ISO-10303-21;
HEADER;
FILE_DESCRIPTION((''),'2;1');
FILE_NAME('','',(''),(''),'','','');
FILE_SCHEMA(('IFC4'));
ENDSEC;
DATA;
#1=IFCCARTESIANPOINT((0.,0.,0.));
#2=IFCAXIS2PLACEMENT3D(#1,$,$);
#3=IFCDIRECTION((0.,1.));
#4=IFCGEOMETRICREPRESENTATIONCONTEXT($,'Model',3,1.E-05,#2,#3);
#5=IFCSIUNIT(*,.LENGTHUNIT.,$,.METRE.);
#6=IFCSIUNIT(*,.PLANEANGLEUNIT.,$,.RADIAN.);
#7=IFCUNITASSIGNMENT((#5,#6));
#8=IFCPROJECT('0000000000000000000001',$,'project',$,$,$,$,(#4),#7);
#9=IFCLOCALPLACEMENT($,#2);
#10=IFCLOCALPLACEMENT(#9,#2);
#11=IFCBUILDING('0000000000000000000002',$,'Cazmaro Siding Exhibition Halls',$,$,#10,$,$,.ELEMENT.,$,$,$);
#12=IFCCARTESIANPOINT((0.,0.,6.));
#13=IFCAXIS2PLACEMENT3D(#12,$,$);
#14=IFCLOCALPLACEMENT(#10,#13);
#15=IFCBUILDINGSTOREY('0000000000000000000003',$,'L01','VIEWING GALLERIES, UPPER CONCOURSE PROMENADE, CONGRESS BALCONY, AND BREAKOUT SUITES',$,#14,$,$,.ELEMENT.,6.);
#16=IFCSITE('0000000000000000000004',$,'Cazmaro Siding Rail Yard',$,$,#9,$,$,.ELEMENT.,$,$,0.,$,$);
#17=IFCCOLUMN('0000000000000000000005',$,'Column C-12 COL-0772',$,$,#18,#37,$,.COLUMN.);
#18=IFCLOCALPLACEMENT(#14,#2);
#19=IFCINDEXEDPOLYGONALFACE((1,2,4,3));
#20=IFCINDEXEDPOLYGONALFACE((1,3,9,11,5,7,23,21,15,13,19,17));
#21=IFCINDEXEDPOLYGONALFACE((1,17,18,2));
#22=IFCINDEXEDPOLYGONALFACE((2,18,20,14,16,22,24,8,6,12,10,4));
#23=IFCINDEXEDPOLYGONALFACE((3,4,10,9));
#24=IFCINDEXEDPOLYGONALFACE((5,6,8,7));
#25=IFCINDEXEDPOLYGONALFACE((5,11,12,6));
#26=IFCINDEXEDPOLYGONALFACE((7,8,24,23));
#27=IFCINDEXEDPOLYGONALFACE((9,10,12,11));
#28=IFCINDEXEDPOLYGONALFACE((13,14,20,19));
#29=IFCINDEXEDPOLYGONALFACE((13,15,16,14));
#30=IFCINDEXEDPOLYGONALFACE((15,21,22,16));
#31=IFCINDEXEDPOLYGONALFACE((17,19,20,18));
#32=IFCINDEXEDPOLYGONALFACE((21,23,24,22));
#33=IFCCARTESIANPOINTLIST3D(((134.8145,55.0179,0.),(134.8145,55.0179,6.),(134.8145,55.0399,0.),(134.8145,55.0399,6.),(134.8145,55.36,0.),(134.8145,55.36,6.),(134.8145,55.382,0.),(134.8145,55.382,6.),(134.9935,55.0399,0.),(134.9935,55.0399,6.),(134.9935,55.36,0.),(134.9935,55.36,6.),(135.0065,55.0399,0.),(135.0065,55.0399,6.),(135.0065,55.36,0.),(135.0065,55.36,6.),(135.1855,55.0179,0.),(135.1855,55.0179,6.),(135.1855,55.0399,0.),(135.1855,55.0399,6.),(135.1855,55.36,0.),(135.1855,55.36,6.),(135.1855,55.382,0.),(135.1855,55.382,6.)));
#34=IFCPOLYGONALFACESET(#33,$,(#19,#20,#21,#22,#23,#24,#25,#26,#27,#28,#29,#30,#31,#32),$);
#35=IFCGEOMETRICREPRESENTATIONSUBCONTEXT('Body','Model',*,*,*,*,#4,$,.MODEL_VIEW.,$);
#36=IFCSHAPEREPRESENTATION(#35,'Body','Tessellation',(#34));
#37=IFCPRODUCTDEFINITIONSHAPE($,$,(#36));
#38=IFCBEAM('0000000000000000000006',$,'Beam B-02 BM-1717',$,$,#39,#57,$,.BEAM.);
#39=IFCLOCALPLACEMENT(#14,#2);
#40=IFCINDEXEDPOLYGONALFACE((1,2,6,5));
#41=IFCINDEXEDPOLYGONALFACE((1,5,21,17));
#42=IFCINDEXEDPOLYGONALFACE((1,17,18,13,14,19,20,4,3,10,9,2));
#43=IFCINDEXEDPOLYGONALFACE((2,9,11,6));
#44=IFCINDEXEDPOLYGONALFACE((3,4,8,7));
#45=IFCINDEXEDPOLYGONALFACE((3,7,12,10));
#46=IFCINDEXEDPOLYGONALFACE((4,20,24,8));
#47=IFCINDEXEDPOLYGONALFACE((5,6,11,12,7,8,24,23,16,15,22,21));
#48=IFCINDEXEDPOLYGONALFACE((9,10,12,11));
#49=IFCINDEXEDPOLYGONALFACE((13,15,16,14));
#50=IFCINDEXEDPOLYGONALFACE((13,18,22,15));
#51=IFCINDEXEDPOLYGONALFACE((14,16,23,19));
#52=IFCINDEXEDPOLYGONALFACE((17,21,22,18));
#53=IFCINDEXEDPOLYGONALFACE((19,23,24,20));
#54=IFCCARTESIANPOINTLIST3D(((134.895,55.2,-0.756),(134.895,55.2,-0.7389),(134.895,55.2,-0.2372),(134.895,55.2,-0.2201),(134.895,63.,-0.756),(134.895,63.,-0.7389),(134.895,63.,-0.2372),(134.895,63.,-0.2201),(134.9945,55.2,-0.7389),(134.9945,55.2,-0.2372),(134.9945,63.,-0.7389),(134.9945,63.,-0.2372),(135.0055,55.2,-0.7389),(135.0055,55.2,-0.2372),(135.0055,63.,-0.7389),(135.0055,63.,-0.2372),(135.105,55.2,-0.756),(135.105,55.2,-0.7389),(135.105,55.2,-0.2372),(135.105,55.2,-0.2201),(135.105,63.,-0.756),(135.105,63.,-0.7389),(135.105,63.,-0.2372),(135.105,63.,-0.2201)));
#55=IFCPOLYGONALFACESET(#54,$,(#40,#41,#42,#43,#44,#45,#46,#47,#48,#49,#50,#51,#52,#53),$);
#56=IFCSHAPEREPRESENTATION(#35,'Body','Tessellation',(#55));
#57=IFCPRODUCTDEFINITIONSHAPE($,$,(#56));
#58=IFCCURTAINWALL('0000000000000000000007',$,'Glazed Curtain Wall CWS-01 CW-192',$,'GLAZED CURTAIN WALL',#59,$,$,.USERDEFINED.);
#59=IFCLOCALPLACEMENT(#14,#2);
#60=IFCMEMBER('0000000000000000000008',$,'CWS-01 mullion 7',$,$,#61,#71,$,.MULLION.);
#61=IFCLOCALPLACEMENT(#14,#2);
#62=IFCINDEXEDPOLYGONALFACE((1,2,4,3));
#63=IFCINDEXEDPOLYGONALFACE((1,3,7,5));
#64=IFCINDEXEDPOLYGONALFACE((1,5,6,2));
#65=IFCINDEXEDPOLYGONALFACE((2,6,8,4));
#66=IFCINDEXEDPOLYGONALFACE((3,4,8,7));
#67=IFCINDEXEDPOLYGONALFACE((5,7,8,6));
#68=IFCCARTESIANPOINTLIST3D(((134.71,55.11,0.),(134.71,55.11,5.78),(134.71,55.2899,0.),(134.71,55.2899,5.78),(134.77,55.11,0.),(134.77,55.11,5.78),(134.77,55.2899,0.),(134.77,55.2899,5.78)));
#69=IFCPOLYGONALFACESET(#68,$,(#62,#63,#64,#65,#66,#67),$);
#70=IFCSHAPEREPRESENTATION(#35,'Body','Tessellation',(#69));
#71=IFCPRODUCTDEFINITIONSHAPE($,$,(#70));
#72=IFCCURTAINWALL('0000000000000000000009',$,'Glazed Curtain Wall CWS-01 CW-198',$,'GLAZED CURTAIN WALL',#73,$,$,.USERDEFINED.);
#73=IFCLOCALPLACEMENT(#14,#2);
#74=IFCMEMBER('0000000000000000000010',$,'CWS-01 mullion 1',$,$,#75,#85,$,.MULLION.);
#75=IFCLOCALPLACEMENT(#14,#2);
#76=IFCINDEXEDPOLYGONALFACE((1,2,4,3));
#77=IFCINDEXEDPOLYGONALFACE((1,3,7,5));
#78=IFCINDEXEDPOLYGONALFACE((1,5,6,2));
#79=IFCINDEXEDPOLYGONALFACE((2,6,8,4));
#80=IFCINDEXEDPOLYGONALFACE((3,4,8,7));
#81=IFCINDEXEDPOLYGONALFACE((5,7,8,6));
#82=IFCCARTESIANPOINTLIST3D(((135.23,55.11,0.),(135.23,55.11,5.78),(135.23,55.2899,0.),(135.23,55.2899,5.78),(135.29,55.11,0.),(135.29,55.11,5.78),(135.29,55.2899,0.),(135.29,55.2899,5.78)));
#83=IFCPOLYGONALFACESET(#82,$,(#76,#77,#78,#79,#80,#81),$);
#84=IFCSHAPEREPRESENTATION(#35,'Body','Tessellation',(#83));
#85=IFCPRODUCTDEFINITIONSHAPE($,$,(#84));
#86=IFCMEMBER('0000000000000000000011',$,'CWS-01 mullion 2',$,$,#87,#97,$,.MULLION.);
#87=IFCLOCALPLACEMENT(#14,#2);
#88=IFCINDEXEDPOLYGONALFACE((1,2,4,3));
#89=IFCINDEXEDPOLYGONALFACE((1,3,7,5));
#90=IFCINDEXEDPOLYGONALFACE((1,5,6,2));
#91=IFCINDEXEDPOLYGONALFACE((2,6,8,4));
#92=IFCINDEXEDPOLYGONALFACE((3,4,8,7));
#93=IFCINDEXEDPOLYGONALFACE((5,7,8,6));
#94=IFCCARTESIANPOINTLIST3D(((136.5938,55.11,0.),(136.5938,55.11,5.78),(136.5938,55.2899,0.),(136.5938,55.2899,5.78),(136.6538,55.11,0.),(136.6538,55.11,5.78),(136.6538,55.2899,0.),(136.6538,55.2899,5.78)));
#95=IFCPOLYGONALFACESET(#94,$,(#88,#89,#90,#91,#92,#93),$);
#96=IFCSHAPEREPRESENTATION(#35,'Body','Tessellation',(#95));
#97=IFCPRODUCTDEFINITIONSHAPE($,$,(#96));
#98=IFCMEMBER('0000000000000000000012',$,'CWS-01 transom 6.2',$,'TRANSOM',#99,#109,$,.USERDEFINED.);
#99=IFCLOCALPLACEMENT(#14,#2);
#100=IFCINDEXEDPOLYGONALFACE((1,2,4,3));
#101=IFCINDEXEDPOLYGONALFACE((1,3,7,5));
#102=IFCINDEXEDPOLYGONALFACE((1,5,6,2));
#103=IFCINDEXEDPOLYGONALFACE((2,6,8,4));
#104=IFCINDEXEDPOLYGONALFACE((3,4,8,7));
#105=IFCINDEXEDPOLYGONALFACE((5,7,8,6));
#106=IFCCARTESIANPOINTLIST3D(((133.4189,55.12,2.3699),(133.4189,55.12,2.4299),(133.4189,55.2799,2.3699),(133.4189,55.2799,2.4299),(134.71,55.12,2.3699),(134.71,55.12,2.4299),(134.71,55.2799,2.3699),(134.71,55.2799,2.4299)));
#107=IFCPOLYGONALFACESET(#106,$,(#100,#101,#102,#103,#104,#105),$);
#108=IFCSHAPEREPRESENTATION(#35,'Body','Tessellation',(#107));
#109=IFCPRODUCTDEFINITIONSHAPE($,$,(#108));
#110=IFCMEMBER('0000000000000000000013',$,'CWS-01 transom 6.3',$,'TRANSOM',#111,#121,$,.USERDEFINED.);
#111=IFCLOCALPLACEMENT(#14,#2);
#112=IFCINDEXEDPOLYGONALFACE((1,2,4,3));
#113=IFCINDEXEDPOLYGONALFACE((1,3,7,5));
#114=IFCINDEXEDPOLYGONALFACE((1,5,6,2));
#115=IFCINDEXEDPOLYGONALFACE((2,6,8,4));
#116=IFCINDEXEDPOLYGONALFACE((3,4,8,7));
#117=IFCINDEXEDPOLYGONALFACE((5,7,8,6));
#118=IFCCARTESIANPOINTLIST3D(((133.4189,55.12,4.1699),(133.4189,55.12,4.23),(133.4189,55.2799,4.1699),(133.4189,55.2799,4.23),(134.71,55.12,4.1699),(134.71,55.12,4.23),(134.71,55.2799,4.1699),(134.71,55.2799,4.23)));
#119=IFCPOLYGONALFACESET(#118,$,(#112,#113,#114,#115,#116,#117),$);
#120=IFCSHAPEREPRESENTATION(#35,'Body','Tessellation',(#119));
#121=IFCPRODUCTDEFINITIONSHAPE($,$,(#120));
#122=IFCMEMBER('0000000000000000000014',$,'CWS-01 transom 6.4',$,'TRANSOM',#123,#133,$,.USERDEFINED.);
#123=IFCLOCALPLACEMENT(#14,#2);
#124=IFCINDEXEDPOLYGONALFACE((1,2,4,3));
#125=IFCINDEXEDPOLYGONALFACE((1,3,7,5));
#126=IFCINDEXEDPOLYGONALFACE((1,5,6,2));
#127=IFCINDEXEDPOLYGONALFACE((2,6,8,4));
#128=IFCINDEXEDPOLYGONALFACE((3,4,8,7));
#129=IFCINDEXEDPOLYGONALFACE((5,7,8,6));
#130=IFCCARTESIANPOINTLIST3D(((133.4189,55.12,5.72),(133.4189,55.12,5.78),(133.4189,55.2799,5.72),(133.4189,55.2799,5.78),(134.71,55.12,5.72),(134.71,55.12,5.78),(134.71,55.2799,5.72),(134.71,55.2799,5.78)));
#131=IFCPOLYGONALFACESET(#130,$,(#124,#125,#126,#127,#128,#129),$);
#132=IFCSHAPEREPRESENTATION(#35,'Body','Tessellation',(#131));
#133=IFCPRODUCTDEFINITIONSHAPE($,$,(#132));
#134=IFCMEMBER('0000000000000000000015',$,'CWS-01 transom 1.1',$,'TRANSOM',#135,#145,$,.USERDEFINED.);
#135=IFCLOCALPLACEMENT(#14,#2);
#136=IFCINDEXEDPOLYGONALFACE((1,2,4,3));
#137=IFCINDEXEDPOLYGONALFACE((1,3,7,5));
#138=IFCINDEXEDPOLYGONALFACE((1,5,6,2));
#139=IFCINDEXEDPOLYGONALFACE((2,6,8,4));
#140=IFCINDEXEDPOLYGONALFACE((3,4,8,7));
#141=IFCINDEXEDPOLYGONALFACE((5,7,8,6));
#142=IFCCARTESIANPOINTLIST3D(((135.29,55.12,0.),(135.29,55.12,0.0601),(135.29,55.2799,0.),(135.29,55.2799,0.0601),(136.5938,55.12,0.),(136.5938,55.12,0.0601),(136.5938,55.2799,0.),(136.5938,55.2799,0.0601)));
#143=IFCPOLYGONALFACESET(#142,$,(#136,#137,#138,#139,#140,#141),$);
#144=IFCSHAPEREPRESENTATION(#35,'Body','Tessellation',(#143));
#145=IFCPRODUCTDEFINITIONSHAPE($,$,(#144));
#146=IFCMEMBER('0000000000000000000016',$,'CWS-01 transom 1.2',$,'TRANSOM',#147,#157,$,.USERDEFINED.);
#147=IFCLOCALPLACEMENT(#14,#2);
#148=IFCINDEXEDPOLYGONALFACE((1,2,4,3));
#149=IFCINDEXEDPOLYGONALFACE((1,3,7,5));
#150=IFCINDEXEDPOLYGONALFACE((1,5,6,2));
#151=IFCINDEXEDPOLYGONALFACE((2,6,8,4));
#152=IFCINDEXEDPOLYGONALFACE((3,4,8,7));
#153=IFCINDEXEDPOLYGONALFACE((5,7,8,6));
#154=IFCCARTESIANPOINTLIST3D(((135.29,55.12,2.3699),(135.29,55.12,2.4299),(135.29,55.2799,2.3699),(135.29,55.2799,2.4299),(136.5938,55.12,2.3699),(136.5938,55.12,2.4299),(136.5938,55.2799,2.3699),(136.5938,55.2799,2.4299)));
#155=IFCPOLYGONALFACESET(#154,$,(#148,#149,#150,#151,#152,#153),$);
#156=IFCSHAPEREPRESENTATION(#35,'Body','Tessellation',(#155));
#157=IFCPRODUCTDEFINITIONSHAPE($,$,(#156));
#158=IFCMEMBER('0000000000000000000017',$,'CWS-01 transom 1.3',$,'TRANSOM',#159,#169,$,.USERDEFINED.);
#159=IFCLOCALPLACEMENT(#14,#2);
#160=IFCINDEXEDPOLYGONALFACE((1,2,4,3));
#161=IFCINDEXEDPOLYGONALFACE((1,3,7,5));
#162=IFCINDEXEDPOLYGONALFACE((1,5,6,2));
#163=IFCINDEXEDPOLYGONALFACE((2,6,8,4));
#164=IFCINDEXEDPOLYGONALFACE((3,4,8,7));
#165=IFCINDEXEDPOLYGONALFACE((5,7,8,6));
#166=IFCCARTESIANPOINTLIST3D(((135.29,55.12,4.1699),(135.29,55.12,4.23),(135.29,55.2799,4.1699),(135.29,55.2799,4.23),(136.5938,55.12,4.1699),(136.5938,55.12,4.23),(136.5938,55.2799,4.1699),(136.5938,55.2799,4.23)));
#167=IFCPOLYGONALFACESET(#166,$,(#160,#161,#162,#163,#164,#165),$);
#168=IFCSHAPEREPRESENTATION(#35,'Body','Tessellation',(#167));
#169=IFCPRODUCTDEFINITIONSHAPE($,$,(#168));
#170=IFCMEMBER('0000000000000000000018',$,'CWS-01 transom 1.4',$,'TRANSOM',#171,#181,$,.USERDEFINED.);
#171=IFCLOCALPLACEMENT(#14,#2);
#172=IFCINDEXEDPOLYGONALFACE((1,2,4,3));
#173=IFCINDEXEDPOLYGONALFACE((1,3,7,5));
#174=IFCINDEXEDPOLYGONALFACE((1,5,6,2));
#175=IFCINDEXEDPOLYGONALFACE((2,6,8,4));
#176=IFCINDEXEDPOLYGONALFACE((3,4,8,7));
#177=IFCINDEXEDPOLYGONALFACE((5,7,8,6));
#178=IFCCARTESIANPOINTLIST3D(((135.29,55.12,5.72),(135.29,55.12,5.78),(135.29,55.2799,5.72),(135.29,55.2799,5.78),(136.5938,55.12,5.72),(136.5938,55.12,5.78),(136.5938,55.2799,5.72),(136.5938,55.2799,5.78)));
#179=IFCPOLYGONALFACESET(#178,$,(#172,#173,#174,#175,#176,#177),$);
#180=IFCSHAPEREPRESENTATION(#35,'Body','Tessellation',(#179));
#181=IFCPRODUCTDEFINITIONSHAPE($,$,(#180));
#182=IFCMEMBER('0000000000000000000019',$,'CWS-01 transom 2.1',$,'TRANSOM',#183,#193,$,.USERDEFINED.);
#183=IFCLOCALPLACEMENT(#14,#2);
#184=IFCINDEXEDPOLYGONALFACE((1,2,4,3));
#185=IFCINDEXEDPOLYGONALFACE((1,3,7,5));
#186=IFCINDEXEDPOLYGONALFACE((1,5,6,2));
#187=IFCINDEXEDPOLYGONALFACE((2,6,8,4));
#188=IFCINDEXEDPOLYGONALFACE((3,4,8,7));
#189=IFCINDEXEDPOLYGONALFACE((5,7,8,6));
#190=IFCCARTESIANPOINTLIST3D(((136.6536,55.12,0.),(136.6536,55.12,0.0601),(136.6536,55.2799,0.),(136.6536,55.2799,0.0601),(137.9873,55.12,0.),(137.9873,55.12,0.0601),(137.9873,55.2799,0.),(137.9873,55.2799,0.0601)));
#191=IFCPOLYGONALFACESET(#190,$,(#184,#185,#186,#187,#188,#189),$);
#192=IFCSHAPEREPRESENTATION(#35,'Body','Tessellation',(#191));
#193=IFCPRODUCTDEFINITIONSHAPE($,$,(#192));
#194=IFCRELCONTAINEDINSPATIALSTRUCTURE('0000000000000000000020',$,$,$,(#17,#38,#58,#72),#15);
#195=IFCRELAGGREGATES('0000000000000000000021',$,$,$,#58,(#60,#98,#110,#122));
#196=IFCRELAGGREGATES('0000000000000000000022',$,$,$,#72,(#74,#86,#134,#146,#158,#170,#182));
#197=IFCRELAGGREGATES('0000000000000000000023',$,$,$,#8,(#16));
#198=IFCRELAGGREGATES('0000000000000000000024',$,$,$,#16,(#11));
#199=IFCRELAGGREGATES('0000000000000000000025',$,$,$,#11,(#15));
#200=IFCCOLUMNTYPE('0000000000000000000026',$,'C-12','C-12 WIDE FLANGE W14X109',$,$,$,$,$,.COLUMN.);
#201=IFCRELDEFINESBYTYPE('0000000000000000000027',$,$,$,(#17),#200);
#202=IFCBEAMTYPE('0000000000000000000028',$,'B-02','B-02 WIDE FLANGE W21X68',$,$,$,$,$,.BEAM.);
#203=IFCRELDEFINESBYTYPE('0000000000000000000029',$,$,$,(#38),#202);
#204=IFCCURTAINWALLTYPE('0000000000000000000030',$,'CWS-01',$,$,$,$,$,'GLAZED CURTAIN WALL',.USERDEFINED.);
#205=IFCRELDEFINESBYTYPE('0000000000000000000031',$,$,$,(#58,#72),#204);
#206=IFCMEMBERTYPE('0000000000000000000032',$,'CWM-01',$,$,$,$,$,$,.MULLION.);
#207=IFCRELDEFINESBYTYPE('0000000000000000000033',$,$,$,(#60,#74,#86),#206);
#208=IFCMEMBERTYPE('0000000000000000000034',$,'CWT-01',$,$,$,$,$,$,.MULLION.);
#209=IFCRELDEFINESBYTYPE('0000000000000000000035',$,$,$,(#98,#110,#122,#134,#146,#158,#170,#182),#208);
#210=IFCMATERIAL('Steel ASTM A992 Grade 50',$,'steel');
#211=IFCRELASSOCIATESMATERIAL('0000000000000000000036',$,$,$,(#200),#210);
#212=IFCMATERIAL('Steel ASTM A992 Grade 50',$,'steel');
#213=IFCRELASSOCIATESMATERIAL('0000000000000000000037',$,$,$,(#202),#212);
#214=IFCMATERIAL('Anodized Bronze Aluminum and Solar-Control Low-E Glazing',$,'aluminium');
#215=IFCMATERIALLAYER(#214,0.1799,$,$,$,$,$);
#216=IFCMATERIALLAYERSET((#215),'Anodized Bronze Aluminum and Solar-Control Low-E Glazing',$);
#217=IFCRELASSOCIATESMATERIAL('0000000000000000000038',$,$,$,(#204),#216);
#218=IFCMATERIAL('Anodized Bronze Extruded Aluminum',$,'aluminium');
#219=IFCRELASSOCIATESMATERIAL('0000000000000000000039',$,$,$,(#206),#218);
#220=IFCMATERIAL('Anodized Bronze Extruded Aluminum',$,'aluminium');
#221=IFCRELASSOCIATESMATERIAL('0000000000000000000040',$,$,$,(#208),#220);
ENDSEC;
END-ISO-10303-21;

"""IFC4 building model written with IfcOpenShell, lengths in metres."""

from ifc_helpers import new_model, si_unit, direction, frame, origin, origin_2d, place, context, subcontext, project, spatial, rectangle, i_section, extrude, material, layer, layer_set, material_profile, profile_set, type_object, element, aggregate, save


model = new_model("IFC4")

# Units and contexts
model_context = context("Model", 3, precision=1e-05, world=origin(), true_north=direction((0.0, 1.0)))
body_context = subcontext(model_context, "Body", "Model", "MODEL_VIEW")
ifc_project = project(units=[si_unit("LENGTHUNIT", "METRE"), si_unit("PLANEANGLEUNIT", "RADIAN")], contexts=[model_context])

# Site, building, storey
site_placement = place(None, origin())
site = spatial("IfcSite", under=ifc_project, at=site_placement, Name="Cazmaro Siding Rail Yard", CompositionType="ELEMENT", RefElevation=0.0)
building_placement = place(site_placement, origin())
building = spatial("IfcBuilding", under=site, at=building_placement, Name="Cazmaro Siding Exhibition Halls", CompositionType="ELEMENT")
storey_placement = place(building_placement, frame((0.0, 0.0, 6.0)))
storey = spatial("IfcBuildingStorey", under=building, at=storey_placement, Name="L01", Description="VIEWING GALLERIES, UPPER CONCOURSE PROMENADE, CONGRESS BALCONY, AND BREAKOUT SUITES", CompositionType="ELEMENT", Elevation=6.0)

# Column
ifc_material_1 = material(Name="Steel ASTM A992 Grade 50", Category="steel")
ifc_material_profile_1 = material_profile(ifc_material_1, i_section(OverallWidth=0.3711, OverallDepth=0.364, WebThickness=0.0129, FlangeThickness=0.022, at=origin_2d()), Name="W14X109")
ifc_profile_set_1 = profile_set([ifc_material_profile_1], Name="Steel ASTM A992 Grade 50")
column_type = type_object("IfcColumnType", Name="C-12", Description="C-12 WIDE FLANGE W14X109", PredefinedType="COLUMN", material=ifc_profile_set_1)
column_placement = place(storey_placement, frame((135.0, 55.2, 0.0), z_axis=(0.0, 0.0, 1.0), x_axis=(1.0, 0.0, 0.0)))
element("IfcColumn", 1, at=column_placement, inside=storey, type_object=column_type, Name="Column C-12 COL-0772", PredefinedType="COLUMN", context=body_context, shape_type="SweptSolid", body=[
    extrude(i_section(OverallWidth=0.3711, OverallDepth=0.364, WebThickness=0.0129, FlangeThickness=0.022, at=origin_2d()), origin(), (0.0, 0.0, 1.0), 6.0),
])

# Beam
ifc_material_2 = material(Name="Steel ASTM A992 Grade 50", Category="steel")
ifc_material_profile_2 = material_profile(ifc_material_2, i_section(OverallWidth=0.21, OverallDepth=0.5359, WebThickness=0.011, FlangeThickness=0.0171, at=origin_2d()), Name="W21X68")
ifc_profile_set_2 = profile_set([ifc_material_profile_2], Name="Steel ASTM A992 Grade 50")
beam_type_1 = type_object("IfcBeamType", Name="B-02", Description="B-02 WIDE FLANGE W21X68", PredefinedType="BEAM", material=ifc_profile_set_2)
beam_1_placement = place(storey_placement, frame((135.0, 55.2, -0.488), z_axis=(0.0, 1.0, 0.0), x_axis=(-1.0, 0.0, 0.0)))
element("IfcBeam", 2, at=beam_1_placement, inside=storey, type_object=beam_type_1, Name="Beam B-02 BM-1717", PredefinedType="BEAM", context=body_context, shape_type="SweptSolid", body=[
    extrude(i_section(OverallWidth=0.21, OverallDepth=0.5359, WebThickness=0.011, FlangeThickness=0.0171, at=origin_2d()), origin(), (0.0, 0.0, 1.0), 7.8),
])

# Curtain wall, member
ifc_material_3 = material(Name="Anodized Bronze Aluminum and Solar-Control Low-E Glazing", Category="aluminium")
ifc_layer_1 = layer(ifc_material_3, 0.1799)
ifc_layer_set_1 = layer_set([ifc_layer_1], Name="Anodized Bronze Aluminum and Solar-Control Low-E Glazing")
curtain_wall_type = type_object("IfcCurtainWallType", Name="CWS-01", ElementType="GLAZED CURTAIN WALL", PredefinedType="USERDEFINED", material=ifc_layer_set_1)
curtain_wall_1_placement = place(storey_placement, origin())
curtain_wall_1 = element("IfcCurtainWall", 3, at=curtain_wall_1_placement, inside=storey, type_object=curtain_wall_type, Name="Glazed Curtain Wall CWS-01 CW-192", ObjectType="GLAZED CURTAIN WALL", PredefinedType="USERDEFINED")
ifc_material_4 = material(Name="Anodized Bronze Extruded Aluminum", Category="aluminium")
ifc_material_profile_3 = material_profile(ifc_material_4, rectangle(XDim=0.1799, YDim=0.0601, at=origin_2d()), Name="CWM-01")
ifc_profile_set_3 = profile_set([ifc_material_profile_3], Name="Anodized Bronze Extruded Aluminum")
member_type_1 = type_object("IfcMemberType", Name="CWM-01", PredefinedType="MULLION", material=ifc_profile_set_3)
member_1_placement = place(storey_placement, frame((134.74, 55.2, 0.0), z_axis=(0.0, 0.0, 1.0), x_axis=(0.0, 1.0, 0.0)))
member_1 = element("IfcMember", 4, at=member_1_placement, type_object=member_type_1, Name="CWS-01 mullion 7", PredefinedType="MULLION", context=body_context, shape_type="SweptSolid", body=[
    extrude(rectangle(XDim=0.1799, YDim=0.0601, at=origin_2d()), origin(), (0.0, 0.0, 1.0), 5.78),
])

# Curtain wall, members
curtain_wall_2_placement = place(storey_placement, origin())
curtain_wall_2 = element("IfcCurtainWall", 5, at=curtain_wall_2_placement, inside=storey, type_object=curtain_wall_type, Name="Glazed Curtain Wall CWS-01 CW-198", ObjectType="GLAZED CURTAIN WALL", PredefinedType="USERDEFINED")
member_2_placement = place(storey_placement, frame((135.26, 55.2, 0.0), z_axis=(0.0, 0.0, 1.0), x_axis=(0.0, 1.0, 0.0)))
member_2 = element("IfcMember", 6, at=member_2_placement, type_object=member_type_1, Name="CWS-01 mullion 1", PredefinedType="MULLION", context=body_context, shape_type="SweptSolid", body=[
    extrude(rectangle(XDim=0.1799, YDim=0.0601, at=origin_2d()), origin(), (0.0, 0.0, 1.0), 5.78),
])
member_3_placement = place(storey_placement, frame((136.6238, 55.2, 0.0), z_axis=(0.0, 0.0, 1.0), x_axis=(0.0, 1.0, 0.0)))
member_3 = element("IfcMember", 7, at=member_3_placement, type_object=member_type_1, Name="CWS-01 mullion 2", PredefinedType="MULLION", context=body_context, shape_type="SweptSolid", body=[
    extrude(rectangle(XDim=0.1799, YDim=0.0601, at=origin_2d()), origin(), (0.0, 0.0, 1.0), 5.78),
])

# Members
ifc_material_5 = material(Name="Anodized Bronze Extruded Aluminum", Category="aluminium")
ifc_material_profile_4 = material_profile(ifc_material_5, rectangle(XDim=0.1599, YDim=0.0601, at=origin_2d()), Name="CWT-01")
ifc_profile_set_4 = profile_set([ifc_material_profile_4], Name="Anodized Bronze Extruded Aluminum")
member_type_2 = type_object("IfcMemberType", Name="CWT-01", PredefinedType="MULLION", material=ifc_profile_set_4)
member_4_placement = place(storey_placement, frame((133.4189, 55.2, 2.3999), z_axis=(1.0, 0.0, 0.0), x_axis=(0.0, 1.0, 0.0)))
member_4 = element("IfcMember", 8, at=member_4_placement, type_object=member_type_2, Name="CWS-01 transom 6.2", ObjectType="TRANSOM", PredefinedType="USERDEFINED", context=body_context, shape_type="SweptSolid", body=[
    extrude(rectangle(XDim=0.1599, YDim=0.0601, at=origin_2d()), origin(), (0.0, 0.0, 1.0), 1.291),
])
member_5_placement = place(storey_placement, frame((133.4189, 55.2, 4.2), z_axis=(1.0, 0.0, 0.0), x_axis=(0.0, 1.0, 0.0)))
member_5 = element("IfcMember", 9, at=member_5_placement, type_object=member_type_2, Name="CWS-01 transom 6.3", ObjectType="TRANSOM", PredefinedType="USERDEFINED", context=body_context, shape_type="SweptSolid", body=[
    extrude(rectangle(XDim=0.1599, YDim=0.0601, at=origin_2d()), origin(), (0.0, 0.0, 1.0), 1.291),
])
member_6_placement = place(storey_placement, frame((133.4189, 55.2, 5.75), z_axis=(1.0, 0.0, 0.0), x_axis=(0.0, 1.0, 0.0)))
member_6 = element("IfcMember", 10, at=member_6_placement, type_object=member_type_2, Name="CWS-01 transom 6.4", ObjectType="TRANSOM", PredefinedType="USERDEFINED", context=body_context, shape_type="SweptSolid", body=[
    extrude(rectangle(XDim=0.1599, YDim=0.0601, at=origin_2d()), origin(), (0.0, 0.0, 1.0), 1.291),
])
member_7_placement = place(storey_placement, frame((135.29, 55.2, 0.03), z_axis=(1.0, 0.0, 0.0), x_axis=(0.0, 1.0, 0.0)))
member_7 = element("IfcMember", 11, at=member_7_placement, type_object=member_type_2, Name="CWS-01 transom 1.1", ObjectType="TRANSOM", PredefinedType="USERDEFINED", context=body_context, shape_type="SweptSolid", body=[
    extrude(rectangle(XDim=0.1599, YDim=0.0601, at=origin_2d()), origin(), (0.0, 0.0, 1.0), 1.3037),
])
member_8_placement = place(storey_placement, frame((135.29, 55.2, 2.3999), z_axis=(1.0, 0.0, 0.0), x_axis=(0.0, 1.0, 0.0)))
member_8 = element("IfcMember", 12, at=member_8_placement, type_object=member_type_2, Name="CWS-01 transom 1.2", ObjectType="TRANSOM", PredefinedType="USERDEFINED", context=body_context, shape_type="SweptSolid", body=[
    extrude(rectangle(XDim=0.1599, YDim=0.0601, at=origin_2d()), origin(), (0.0, 0.0, 1.0), 1.3037),
])
member_9_placement = place(storey_placement, frame((135.29, 55.2, 4.2), z_axis=(1.0, 0.0, 0.0), x_axis=(0.0, 1.0, 0.0)))
member_9 = element("IfcMember", 13, at=member_9_placement, type_object=member_type_2, Name="CWS-01 transom 1.3", ObjectType="TRANSOM", PredefinedType="USERDEFINED", context=body_context, shape_type="SweptSolid", body=[
    extrude(rectangle(XDim=0.1599, YDim=0.0601, at=origin_2d()), origin(), (0.0, 0.0, 1.0), 1.3037),
])
member_10_placement = place(storey_placement, frame((135.29, 55.2, 5.75), z_axis=(1.0, 0.0, 0.0), x_axis=(0.0, 1.0, 0.0)))
member_10 = element("IfcMember", 14, at=member_10_placement, type_object=member_type_2, Name="CWS-01 transom 1.4", ObjectType="TRANSOM", PredefinedType="USERDEFINED", context=body_context, shape_type="SweptSolid", body=[
    extrude(rectangle(XDim=0.1599, YDim=0.0601, at=origin_2d()), origin(), (0.0, 0.0, 1.0), 1.3037),
])
member_11_placement = place(storey_placement, frame((136.6536, 55.2, 0.03), z_axis=(1.0, 0.0, 0.0), x_axis=(0.0, 1.0, 0.0)))
member_11 = element("IfcMember", 15, at=member_11_placement, type_object=member_type_2, Name="CWS-01 transom 2.1", ObjectType="TRANSOM", PredefinedType="USERDEFINED", context=body_context, shape_type="SweptSolid", body=[
    extrude(rectangle(XDim=0.1599, YDim=0.0601, at=origin_2d()), origin(), (0.0, 0.0, 1.0), 1.3337),
])

aggregate(curtain_wall_1, [member_1, member_4, member_5, member_6])
aggregate(curtain_wall_2, [member_2, member_3, member_7, member_8, member_9, member_10, member_11])

save(model, "model.ifc")
